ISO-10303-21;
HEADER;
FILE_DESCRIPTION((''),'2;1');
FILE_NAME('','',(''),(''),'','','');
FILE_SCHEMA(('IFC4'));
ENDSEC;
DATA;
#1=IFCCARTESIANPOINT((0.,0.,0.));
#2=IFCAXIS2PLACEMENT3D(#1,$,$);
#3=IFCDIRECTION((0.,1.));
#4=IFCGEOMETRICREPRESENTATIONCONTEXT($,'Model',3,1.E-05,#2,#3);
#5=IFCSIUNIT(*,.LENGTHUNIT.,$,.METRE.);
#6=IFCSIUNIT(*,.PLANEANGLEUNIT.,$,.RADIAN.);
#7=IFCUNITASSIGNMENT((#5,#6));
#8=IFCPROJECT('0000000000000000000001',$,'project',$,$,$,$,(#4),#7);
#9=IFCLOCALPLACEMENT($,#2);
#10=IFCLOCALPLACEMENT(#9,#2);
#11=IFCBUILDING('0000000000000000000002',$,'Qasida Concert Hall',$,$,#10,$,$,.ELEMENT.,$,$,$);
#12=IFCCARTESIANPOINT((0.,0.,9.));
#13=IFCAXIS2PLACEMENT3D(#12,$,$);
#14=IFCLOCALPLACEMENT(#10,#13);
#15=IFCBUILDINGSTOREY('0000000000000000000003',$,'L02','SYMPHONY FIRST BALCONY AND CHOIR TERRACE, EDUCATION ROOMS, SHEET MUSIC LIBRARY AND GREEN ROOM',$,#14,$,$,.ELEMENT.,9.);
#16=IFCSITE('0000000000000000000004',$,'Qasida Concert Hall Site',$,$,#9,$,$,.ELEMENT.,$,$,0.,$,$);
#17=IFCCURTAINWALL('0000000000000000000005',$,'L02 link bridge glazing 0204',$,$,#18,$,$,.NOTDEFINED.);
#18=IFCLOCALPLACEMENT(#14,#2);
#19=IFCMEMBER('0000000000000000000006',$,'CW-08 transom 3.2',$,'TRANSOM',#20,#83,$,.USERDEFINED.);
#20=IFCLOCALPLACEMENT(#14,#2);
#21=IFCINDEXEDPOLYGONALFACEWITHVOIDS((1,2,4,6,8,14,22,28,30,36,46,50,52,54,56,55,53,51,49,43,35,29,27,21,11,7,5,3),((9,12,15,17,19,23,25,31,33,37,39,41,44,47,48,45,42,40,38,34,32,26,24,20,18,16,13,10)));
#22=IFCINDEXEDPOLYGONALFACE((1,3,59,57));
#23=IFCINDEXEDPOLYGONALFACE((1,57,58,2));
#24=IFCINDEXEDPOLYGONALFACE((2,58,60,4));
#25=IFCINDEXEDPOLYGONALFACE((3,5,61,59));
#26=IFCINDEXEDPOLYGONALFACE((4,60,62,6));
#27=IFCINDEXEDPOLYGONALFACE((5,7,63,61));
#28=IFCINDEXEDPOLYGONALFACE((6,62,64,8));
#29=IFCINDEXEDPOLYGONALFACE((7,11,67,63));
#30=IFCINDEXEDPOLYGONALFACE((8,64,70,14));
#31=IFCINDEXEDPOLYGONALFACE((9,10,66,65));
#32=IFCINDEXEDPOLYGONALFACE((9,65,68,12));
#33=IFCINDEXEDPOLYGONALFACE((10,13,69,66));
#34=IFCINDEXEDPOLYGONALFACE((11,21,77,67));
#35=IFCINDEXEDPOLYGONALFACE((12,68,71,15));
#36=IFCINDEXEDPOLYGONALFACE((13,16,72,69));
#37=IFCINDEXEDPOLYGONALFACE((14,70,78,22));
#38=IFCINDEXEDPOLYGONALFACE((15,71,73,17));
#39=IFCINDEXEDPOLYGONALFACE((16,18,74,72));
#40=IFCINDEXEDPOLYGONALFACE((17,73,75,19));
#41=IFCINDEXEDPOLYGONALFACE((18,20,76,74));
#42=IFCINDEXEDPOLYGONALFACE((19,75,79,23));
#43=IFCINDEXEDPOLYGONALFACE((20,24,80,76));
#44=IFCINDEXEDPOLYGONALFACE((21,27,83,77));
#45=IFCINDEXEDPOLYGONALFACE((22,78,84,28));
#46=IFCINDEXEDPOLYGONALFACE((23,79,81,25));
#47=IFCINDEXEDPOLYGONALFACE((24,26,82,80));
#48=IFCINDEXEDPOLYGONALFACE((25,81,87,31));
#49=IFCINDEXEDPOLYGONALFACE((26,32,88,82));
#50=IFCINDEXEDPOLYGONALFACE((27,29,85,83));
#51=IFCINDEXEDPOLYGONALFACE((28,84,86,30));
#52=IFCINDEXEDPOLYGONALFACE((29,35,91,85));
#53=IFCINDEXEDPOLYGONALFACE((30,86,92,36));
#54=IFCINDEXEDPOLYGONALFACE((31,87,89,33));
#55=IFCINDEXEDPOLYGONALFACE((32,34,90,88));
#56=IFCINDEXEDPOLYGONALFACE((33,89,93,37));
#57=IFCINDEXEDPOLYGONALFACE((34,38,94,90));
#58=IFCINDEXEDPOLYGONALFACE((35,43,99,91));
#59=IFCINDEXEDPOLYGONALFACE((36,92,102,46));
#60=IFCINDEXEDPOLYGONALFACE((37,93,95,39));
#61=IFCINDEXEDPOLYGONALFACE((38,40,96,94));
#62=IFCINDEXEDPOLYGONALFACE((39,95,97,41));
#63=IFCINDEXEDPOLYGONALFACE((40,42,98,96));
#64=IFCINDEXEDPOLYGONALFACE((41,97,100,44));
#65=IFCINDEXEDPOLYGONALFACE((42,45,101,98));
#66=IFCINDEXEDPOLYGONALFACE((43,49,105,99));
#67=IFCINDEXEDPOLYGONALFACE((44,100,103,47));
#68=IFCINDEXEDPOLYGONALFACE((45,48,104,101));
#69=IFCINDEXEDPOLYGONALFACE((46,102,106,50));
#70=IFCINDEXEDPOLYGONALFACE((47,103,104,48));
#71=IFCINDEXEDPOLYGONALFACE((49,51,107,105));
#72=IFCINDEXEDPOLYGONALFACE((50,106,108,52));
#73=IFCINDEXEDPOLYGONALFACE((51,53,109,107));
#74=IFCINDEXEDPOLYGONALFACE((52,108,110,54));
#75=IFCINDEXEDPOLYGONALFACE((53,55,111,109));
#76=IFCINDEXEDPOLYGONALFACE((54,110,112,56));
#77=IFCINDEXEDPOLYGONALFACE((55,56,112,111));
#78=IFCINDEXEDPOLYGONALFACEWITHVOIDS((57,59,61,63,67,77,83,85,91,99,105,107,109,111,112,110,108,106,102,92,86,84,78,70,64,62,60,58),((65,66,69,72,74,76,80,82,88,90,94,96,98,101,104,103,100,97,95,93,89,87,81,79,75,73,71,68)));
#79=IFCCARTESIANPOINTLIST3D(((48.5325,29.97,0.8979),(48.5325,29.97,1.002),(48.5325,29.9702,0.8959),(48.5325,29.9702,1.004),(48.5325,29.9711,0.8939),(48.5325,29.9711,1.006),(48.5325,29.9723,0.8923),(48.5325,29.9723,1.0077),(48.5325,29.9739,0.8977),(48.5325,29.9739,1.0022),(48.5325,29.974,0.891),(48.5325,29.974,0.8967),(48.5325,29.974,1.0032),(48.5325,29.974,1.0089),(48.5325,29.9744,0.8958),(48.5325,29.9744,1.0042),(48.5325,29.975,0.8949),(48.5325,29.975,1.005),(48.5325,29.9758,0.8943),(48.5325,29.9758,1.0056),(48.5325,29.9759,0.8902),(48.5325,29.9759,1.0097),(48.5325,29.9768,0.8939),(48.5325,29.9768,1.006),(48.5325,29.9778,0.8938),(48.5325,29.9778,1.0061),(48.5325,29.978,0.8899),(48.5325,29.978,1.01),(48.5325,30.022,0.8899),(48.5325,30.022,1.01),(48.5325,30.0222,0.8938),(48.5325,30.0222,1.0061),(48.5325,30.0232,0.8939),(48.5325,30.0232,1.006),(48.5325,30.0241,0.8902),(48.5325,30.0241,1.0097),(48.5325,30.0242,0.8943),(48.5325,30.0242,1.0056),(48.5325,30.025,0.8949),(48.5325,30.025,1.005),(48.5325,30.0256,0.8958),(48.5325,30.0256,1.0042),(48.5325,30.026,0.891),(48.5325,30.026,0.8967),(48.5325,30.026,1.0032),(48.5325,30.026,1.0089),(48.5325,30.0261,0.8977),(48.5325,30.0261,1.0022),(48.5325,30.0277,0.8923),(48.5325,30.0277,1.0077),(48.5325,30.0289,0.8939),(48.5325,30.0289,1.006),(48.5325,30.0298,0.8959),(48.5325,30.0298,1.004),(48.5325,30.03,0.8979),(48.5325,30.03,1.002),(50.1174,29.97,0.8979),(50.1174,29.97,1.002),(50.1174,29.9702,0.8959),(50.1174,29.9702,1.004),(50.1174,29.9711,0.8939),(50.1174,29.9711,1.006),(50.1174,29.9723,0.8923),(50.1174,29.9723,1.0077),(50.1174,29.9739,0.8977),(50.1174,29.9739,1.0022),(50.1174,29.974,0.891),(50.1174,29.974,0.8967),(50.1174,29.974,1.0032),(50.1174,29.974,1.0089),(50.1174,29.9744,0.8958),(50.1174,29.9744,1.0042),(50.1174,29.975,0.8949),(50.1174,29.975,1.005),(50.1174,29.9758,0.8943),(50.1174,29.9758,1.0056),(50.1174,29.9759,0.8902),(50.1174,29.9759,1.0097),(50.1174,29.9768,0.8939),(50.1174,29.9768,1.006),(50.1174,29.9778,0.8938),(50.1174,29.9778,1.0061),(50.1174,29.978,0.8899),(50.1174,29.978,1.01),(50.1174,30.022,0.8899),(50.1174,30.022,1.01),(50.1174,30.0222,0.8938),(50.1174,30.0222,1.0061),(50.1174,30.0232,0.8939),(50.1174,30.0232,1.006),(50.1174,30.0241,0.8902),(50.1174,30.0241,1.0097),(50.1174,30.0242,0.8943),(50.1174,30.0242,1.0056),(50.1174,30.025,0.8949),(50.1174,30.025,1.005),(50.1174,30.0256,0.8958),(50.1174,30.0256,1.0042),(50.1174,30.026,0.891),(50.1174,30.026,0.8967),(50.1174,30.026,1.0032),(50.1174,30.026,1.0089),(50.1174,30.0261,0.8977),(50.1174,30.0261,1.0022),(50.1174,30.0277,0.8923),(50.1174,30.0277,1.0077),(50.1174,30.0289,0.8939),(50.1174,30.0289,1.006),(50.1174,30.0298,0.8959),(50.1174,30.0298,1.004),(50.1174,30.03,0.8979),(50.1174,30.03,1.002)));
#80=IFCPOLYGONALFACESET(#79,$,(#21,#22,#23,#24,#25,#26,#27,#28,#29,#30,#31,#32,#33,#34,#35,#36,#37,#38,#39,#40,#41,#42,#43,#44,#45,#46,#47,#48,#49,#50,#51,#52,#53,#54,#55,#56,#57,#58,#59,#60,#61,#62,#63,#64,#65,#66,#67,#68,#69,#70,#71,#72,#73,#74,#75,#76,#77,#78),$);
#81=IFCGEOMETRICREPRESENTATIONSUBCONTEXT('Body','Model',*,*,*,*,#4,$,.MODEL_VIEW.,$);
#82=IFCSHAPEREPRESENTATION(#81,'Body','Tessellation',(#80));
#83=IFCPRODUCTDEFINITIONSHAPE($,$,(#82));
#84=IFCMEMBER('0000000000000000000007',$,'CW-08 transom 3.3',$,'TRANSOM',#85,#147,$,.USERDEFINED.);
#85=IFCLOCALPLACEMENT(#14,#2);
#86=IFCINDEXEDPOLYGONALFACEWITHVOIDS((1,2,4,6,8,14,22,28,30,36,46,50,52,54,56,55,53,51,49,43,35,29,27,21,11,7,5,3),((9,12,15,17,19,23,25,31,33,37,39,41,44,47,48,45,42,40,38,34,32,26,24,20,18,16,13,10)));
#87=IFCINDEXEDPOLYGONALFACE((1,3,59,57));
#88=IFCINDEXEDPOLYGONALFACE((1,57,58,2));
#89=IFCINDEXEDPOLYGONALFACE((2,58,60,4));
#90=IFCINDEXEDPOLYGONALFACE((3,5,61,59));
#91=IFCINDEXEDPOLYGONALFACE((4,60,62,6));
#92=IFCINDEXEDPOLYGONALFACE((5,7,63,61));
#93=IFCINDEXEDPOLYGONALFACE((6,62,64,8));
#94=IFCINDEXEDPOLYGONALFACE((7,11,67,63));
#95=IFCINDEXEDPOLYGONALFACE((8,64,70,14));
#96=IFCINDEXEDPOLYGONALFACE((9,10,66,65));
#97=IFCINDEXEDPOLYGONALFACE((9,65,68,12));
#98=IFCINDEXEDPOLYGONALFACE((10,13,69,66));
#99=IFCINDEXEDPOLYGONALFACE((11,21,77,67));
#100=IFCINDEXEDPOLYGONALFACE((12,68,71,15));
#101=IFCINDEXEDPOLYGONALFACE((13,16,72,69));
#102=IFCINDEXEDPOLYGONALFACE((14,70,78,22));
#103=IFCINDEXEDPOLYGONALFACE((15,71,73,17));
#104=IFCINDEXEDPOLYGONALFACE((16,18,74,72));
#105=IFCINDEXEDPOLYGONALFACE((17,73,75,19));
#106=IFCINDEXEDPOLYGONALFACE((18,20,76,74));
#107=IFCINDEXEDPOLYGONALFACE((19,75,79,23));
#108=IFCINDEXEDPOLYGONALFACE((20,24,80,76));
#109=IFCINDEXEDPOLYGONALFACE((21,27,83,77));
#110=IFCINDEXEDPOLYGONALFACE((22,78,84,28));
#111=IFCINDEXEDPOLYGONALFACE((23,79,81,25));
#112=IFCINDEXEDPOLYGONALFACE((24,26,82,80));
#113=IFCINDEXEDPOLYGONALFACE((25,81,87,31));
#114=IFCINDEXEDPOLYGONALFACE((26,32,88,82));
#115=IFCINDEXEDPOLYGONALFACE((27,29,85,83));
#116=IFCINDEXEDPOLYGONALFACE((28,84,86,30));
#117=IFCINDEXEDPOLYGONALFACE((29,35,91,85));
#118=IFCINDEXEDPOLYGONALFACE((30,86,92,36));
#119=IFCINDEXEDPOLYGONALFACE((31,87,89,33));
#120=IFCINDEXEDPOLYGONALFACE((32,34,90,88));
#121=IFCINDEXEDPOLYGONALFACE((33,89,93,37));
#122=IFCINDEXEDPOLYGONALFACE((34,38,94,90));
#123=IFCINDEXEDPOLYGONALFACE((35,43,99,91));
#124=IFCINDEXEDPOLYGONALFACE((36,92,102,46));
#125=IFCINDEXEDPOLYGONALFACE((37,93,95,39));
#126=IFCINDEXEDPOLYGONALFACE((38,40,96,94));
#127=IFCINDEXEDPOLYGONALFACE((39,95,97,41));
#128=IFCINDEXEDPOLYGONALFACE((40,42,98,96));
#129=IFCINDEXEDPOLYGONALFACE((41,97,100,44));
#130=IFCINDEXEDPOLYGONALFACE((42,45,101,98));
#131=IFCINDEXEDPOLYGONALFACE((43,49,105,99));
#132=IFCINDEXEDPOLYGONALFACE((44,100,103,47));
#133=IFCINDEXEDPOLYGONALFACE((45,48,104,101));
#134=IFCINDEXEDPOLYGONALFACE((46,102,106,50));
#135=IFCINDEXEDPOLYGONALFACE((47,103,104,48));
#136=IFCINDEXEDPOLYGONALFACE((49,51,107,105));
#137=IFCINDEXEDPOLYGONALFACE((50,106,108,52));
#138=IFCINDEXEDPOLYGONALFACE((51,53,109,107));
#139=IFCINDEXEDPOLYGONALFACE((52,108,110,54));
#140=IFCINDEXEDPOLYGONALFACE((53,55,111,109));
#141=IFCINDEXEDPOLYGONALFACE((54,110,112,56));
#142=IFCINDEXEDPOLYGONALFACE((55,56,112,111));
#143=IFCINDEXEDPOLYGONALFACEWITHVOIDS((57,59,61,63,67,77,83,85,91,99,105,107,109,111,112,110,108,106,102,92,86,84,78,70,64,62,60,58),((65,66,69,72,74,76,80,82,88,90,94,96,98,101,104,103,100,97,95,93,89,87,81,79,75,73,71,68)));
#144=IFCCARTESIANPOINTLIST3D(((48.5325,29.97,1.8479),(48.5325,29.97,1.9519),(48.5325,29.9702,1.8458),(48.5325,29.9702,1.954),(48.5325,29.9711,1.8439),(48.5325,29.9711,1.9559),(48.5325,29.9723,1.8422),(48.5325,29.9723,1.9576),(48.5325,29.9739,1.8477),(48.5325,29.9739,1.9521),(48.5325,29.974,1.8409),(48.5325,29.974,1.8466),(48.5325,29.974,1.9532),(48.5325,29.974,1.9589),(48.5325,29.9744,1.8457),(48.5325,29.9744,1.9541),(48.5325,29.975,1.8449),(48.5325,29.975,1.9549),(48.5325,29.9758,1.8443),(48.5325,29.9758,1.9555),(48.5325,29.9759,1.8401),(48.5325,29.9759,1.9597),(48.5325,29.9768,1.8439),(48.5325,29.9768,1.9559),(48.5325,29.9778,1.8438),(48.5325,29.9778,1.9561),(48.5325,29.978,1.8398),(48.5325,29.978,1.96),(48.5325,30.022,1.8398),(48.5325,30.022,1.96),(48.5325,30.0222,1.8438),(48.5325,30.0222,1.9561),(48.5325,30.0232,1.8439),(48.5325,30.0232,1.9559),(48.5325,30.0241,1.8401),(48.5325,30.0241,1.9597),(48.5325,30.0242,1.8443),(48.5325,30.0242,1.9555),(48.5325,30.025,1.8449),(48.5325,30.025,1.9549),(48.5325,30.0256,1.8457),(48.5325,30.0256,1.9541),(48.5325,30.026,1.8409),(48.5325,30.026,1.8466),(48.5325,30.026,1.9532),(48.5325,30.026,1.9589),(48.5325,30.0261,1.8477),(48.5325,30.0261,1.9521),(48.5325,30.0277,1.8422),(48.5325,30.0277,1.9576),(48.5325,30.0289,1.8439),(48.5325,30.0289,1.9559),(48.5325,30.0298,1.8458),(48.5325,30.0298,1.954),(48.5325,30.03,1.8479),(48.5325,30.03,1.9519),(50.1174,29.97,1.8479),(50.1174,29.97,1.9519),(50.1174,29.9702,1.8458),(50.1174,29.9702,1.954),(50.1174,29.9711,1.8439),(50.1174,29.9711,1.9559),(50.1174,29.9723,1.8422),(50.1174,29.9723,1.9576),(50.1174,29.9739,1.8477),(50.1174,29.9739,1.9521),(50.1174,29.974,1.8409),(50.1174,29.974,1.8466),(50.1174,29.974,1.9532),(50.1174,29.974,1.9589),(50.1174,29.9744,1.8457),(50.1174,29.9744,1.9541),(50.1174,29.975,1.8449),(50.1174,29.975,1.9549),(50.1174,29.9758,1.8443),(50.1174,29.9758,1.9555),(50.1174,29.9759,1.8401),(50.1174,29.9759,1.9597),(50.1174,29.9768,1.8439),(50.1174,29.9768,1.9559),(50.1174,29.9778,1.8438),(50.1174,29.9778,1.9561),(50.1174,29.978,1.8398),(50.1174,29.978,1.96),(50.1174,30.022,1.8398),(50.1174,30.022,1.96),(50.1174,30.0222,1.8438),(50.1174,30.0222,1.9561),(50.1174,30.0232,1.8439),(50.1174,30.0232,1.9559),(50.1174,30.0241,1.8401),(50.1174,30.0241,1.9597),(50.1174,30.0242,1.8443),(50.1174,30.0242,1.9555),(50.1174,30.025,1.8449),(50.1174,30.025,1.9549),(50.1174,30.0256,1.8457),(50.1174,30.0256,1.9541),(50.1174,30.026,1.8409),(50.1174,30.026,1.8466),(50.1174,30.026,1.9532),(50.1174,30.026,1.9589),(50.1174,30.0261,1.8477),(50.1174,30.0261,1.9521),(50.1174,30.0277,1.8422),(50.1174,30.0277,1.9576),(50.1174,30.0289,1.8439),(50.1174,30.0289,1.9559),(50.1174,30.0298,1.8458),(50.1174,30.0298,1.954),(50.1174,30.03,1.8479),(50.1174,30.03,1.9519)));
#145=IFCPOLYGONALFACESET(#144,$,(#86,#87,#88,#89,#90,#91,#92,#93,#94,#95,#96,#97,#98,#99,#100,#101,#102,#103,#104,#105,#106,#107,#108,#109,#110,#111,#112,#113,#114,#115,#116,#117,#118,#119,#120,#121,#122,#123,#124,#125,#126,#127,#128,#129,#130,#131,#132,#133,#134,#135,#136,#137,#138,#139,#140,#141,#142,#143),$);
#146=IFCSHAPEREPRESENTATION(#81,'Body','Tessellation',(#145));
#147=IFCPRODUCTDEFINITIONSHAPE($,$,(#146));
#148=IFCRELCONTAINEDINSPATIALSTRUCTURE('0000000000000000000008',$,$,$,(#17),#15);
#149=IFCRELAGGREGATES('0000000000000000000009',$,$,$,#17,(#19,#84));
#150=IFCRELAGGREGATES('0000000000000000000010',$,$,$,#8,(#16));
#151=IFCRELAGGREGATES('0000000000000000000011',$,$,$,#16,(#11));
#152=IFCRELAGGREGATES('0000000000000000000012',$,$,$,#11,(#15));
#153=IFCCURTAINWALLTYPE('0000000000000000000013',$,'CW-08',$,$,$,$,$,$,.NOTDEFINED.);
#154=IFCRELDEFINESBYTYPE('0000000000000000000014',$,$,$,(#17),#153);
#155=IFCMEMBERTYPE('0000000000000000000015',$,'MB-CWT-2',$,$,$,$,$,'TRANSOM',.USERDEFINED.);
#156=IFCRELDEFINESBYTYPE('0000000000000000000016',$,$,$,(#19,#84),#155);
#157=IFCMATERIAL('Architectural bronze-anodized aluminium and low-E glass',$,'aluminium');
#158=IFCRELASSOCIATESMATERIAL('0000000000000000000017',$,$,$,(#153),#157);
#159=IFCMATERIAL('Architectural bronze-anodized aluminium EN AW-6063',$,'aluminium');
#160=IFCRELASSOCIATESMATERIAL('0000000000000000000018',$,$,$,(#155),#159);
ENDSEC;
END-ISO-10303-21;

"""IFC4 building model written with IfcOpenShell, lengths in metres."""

from ifc_helpers import new_model, si_unit, direction, frame, origin, origin_2d, place, context, subcontext, project, spatial, hollow_rectangle, extrude, material, material_profile, profile_set, type_object, element, aggregate, save


model = new_model("IFC4")

# Units and contexts
model_context = context("Model", 3, precision=1e-05, world=origin(), true_north=direction((0.0, 1.0)))
body_context = subcontext(model_context, "Body", "Model", "MODEL_VIEW")
ifc_project = project(units=[si_unit("LENGTHUNIT", "METRE"), si_unit("PLANEANGLEUNIT", "RADIAN")], contexts=[model_context])

# Site, building, storey
site_placement = place(None, origin())
site = spatial("IfcSite", under=ifc_project, at=site_placement, Name="Qasida Concert Hall Site", CompositionType="ELEMENT", RefElevation=0.0)
building_placement = place(site_placement, origin())
building = spatial("IfcBuilding", under=site, at=building_placement, Name="Qasida Concert Hall", CompositionType="ELEMENT")
storey_placement = place(building_placement, frame((0.0, 0.0, 9.0)))
storey = spatial("IfcBuildingStorey", under=building, at=storey_placement, Name="L02", Description="SYMPHONY FIRST BALCONY AND CHOIR TERRACE, EDUCATION ROOMS, SHEET MUSIC LIBRARY AND GREEN ROOM", CompositionType="ELEMENT", Elevation=9.0)

# Curtain wall, members
ifc_material_1 = material(Name="Architectural bronze-anodized aluminium and low-E glass", Category="aluminium")
curtain_wall_type = type_object("IfcCurtainWallType", Name="CW-08", PredefinedType="NOTDEFINED", material=ifc_material_1)
curtain_wall_placement = place(storey_placement, origin())
curtain_wall = element("IfcCurtainWall", 1, at=curtain_wall_placement, inside=storey, type_object=curtain_wall_type, Name="L02 link bridge glazing 0204", PredefinedType="NOTDEFINED")
ifc_material_2 = material(Name="Architectural bronze-anodized aluminium EN AW-6063", Category="aluminium")
ifc_material_profile_1 = material_profile(ifc_material_2, hollow_rectangle(XDim=0.0601, YDim=0.1201, WallThickness=0.0039, InnerFilletRadius=0.0039, OuterFilletRadius=0.0081, at=origin_2d()), Name="CWT 120x60x4")
ifc_profile_set_1 = profile_set([ifc_material_profile_1], Name="Architectural bronze-anodized aluminium EN AW-6063")
member_type_1 = type_object("IfcMemberType", Name="MB-CWT-2", ElementType="TRANSOM", PredefinedType="USERDEFINED", material=ifc_profile_set_1)
member_1_placement = place(storey_placement, frame((48.5325, 30.0, 0.95), z_axis=(1.0, 0.0, 0.0), x_axis=(0.0, 1.0, 0.0)))
member_1 = element("IfcMember", 2, at=member_1_placement, type_object=member_type_1, Name="CW-08 transom 3.2", ObjectType="TRANSOM", PredefinedType="USERDEFINED", context=body_context, shape_type="SweptSolid", body=[
    extrude(hollow_rectangle(XDim=0.0601, YDim=0.1201, WallThickness=0.0039, InnerFilletRadius=0.0039, OuterFilletRadius=0.0081, at=origin_2d()), origin(), (0.0, 0.0, 1.0), 1.585),
])
member_2_placement = place(storey_placement, frame((48.5325, 30.0, 1.8999), z_axis=(1.0, 0.0, 0.0), x_axis=(0.0, 1.0, 0.0)))
member_2 = element("IfcMember", 3, at=member_2_placement, type_object=member_type_1, Name="CW-08 transom 3.3", ObjectType="TRANSOM", PredefinedType="USERDEFINED", context=body_context, shape_type="SweptSolid", body=[
    extrude(hollow_rectangle(XDim=0.0601, YDim=0.1201, WallThickness=0.0039, InnerFilletRadius=0.0039, OuterFilletRadius=0.0081, at=origin_2d()), origin(), (0.0, 0.0, 1.0), 1.585),
])
aggregate(curtain_wall, [member_1, member_2])

save(model, "model.ifc")
